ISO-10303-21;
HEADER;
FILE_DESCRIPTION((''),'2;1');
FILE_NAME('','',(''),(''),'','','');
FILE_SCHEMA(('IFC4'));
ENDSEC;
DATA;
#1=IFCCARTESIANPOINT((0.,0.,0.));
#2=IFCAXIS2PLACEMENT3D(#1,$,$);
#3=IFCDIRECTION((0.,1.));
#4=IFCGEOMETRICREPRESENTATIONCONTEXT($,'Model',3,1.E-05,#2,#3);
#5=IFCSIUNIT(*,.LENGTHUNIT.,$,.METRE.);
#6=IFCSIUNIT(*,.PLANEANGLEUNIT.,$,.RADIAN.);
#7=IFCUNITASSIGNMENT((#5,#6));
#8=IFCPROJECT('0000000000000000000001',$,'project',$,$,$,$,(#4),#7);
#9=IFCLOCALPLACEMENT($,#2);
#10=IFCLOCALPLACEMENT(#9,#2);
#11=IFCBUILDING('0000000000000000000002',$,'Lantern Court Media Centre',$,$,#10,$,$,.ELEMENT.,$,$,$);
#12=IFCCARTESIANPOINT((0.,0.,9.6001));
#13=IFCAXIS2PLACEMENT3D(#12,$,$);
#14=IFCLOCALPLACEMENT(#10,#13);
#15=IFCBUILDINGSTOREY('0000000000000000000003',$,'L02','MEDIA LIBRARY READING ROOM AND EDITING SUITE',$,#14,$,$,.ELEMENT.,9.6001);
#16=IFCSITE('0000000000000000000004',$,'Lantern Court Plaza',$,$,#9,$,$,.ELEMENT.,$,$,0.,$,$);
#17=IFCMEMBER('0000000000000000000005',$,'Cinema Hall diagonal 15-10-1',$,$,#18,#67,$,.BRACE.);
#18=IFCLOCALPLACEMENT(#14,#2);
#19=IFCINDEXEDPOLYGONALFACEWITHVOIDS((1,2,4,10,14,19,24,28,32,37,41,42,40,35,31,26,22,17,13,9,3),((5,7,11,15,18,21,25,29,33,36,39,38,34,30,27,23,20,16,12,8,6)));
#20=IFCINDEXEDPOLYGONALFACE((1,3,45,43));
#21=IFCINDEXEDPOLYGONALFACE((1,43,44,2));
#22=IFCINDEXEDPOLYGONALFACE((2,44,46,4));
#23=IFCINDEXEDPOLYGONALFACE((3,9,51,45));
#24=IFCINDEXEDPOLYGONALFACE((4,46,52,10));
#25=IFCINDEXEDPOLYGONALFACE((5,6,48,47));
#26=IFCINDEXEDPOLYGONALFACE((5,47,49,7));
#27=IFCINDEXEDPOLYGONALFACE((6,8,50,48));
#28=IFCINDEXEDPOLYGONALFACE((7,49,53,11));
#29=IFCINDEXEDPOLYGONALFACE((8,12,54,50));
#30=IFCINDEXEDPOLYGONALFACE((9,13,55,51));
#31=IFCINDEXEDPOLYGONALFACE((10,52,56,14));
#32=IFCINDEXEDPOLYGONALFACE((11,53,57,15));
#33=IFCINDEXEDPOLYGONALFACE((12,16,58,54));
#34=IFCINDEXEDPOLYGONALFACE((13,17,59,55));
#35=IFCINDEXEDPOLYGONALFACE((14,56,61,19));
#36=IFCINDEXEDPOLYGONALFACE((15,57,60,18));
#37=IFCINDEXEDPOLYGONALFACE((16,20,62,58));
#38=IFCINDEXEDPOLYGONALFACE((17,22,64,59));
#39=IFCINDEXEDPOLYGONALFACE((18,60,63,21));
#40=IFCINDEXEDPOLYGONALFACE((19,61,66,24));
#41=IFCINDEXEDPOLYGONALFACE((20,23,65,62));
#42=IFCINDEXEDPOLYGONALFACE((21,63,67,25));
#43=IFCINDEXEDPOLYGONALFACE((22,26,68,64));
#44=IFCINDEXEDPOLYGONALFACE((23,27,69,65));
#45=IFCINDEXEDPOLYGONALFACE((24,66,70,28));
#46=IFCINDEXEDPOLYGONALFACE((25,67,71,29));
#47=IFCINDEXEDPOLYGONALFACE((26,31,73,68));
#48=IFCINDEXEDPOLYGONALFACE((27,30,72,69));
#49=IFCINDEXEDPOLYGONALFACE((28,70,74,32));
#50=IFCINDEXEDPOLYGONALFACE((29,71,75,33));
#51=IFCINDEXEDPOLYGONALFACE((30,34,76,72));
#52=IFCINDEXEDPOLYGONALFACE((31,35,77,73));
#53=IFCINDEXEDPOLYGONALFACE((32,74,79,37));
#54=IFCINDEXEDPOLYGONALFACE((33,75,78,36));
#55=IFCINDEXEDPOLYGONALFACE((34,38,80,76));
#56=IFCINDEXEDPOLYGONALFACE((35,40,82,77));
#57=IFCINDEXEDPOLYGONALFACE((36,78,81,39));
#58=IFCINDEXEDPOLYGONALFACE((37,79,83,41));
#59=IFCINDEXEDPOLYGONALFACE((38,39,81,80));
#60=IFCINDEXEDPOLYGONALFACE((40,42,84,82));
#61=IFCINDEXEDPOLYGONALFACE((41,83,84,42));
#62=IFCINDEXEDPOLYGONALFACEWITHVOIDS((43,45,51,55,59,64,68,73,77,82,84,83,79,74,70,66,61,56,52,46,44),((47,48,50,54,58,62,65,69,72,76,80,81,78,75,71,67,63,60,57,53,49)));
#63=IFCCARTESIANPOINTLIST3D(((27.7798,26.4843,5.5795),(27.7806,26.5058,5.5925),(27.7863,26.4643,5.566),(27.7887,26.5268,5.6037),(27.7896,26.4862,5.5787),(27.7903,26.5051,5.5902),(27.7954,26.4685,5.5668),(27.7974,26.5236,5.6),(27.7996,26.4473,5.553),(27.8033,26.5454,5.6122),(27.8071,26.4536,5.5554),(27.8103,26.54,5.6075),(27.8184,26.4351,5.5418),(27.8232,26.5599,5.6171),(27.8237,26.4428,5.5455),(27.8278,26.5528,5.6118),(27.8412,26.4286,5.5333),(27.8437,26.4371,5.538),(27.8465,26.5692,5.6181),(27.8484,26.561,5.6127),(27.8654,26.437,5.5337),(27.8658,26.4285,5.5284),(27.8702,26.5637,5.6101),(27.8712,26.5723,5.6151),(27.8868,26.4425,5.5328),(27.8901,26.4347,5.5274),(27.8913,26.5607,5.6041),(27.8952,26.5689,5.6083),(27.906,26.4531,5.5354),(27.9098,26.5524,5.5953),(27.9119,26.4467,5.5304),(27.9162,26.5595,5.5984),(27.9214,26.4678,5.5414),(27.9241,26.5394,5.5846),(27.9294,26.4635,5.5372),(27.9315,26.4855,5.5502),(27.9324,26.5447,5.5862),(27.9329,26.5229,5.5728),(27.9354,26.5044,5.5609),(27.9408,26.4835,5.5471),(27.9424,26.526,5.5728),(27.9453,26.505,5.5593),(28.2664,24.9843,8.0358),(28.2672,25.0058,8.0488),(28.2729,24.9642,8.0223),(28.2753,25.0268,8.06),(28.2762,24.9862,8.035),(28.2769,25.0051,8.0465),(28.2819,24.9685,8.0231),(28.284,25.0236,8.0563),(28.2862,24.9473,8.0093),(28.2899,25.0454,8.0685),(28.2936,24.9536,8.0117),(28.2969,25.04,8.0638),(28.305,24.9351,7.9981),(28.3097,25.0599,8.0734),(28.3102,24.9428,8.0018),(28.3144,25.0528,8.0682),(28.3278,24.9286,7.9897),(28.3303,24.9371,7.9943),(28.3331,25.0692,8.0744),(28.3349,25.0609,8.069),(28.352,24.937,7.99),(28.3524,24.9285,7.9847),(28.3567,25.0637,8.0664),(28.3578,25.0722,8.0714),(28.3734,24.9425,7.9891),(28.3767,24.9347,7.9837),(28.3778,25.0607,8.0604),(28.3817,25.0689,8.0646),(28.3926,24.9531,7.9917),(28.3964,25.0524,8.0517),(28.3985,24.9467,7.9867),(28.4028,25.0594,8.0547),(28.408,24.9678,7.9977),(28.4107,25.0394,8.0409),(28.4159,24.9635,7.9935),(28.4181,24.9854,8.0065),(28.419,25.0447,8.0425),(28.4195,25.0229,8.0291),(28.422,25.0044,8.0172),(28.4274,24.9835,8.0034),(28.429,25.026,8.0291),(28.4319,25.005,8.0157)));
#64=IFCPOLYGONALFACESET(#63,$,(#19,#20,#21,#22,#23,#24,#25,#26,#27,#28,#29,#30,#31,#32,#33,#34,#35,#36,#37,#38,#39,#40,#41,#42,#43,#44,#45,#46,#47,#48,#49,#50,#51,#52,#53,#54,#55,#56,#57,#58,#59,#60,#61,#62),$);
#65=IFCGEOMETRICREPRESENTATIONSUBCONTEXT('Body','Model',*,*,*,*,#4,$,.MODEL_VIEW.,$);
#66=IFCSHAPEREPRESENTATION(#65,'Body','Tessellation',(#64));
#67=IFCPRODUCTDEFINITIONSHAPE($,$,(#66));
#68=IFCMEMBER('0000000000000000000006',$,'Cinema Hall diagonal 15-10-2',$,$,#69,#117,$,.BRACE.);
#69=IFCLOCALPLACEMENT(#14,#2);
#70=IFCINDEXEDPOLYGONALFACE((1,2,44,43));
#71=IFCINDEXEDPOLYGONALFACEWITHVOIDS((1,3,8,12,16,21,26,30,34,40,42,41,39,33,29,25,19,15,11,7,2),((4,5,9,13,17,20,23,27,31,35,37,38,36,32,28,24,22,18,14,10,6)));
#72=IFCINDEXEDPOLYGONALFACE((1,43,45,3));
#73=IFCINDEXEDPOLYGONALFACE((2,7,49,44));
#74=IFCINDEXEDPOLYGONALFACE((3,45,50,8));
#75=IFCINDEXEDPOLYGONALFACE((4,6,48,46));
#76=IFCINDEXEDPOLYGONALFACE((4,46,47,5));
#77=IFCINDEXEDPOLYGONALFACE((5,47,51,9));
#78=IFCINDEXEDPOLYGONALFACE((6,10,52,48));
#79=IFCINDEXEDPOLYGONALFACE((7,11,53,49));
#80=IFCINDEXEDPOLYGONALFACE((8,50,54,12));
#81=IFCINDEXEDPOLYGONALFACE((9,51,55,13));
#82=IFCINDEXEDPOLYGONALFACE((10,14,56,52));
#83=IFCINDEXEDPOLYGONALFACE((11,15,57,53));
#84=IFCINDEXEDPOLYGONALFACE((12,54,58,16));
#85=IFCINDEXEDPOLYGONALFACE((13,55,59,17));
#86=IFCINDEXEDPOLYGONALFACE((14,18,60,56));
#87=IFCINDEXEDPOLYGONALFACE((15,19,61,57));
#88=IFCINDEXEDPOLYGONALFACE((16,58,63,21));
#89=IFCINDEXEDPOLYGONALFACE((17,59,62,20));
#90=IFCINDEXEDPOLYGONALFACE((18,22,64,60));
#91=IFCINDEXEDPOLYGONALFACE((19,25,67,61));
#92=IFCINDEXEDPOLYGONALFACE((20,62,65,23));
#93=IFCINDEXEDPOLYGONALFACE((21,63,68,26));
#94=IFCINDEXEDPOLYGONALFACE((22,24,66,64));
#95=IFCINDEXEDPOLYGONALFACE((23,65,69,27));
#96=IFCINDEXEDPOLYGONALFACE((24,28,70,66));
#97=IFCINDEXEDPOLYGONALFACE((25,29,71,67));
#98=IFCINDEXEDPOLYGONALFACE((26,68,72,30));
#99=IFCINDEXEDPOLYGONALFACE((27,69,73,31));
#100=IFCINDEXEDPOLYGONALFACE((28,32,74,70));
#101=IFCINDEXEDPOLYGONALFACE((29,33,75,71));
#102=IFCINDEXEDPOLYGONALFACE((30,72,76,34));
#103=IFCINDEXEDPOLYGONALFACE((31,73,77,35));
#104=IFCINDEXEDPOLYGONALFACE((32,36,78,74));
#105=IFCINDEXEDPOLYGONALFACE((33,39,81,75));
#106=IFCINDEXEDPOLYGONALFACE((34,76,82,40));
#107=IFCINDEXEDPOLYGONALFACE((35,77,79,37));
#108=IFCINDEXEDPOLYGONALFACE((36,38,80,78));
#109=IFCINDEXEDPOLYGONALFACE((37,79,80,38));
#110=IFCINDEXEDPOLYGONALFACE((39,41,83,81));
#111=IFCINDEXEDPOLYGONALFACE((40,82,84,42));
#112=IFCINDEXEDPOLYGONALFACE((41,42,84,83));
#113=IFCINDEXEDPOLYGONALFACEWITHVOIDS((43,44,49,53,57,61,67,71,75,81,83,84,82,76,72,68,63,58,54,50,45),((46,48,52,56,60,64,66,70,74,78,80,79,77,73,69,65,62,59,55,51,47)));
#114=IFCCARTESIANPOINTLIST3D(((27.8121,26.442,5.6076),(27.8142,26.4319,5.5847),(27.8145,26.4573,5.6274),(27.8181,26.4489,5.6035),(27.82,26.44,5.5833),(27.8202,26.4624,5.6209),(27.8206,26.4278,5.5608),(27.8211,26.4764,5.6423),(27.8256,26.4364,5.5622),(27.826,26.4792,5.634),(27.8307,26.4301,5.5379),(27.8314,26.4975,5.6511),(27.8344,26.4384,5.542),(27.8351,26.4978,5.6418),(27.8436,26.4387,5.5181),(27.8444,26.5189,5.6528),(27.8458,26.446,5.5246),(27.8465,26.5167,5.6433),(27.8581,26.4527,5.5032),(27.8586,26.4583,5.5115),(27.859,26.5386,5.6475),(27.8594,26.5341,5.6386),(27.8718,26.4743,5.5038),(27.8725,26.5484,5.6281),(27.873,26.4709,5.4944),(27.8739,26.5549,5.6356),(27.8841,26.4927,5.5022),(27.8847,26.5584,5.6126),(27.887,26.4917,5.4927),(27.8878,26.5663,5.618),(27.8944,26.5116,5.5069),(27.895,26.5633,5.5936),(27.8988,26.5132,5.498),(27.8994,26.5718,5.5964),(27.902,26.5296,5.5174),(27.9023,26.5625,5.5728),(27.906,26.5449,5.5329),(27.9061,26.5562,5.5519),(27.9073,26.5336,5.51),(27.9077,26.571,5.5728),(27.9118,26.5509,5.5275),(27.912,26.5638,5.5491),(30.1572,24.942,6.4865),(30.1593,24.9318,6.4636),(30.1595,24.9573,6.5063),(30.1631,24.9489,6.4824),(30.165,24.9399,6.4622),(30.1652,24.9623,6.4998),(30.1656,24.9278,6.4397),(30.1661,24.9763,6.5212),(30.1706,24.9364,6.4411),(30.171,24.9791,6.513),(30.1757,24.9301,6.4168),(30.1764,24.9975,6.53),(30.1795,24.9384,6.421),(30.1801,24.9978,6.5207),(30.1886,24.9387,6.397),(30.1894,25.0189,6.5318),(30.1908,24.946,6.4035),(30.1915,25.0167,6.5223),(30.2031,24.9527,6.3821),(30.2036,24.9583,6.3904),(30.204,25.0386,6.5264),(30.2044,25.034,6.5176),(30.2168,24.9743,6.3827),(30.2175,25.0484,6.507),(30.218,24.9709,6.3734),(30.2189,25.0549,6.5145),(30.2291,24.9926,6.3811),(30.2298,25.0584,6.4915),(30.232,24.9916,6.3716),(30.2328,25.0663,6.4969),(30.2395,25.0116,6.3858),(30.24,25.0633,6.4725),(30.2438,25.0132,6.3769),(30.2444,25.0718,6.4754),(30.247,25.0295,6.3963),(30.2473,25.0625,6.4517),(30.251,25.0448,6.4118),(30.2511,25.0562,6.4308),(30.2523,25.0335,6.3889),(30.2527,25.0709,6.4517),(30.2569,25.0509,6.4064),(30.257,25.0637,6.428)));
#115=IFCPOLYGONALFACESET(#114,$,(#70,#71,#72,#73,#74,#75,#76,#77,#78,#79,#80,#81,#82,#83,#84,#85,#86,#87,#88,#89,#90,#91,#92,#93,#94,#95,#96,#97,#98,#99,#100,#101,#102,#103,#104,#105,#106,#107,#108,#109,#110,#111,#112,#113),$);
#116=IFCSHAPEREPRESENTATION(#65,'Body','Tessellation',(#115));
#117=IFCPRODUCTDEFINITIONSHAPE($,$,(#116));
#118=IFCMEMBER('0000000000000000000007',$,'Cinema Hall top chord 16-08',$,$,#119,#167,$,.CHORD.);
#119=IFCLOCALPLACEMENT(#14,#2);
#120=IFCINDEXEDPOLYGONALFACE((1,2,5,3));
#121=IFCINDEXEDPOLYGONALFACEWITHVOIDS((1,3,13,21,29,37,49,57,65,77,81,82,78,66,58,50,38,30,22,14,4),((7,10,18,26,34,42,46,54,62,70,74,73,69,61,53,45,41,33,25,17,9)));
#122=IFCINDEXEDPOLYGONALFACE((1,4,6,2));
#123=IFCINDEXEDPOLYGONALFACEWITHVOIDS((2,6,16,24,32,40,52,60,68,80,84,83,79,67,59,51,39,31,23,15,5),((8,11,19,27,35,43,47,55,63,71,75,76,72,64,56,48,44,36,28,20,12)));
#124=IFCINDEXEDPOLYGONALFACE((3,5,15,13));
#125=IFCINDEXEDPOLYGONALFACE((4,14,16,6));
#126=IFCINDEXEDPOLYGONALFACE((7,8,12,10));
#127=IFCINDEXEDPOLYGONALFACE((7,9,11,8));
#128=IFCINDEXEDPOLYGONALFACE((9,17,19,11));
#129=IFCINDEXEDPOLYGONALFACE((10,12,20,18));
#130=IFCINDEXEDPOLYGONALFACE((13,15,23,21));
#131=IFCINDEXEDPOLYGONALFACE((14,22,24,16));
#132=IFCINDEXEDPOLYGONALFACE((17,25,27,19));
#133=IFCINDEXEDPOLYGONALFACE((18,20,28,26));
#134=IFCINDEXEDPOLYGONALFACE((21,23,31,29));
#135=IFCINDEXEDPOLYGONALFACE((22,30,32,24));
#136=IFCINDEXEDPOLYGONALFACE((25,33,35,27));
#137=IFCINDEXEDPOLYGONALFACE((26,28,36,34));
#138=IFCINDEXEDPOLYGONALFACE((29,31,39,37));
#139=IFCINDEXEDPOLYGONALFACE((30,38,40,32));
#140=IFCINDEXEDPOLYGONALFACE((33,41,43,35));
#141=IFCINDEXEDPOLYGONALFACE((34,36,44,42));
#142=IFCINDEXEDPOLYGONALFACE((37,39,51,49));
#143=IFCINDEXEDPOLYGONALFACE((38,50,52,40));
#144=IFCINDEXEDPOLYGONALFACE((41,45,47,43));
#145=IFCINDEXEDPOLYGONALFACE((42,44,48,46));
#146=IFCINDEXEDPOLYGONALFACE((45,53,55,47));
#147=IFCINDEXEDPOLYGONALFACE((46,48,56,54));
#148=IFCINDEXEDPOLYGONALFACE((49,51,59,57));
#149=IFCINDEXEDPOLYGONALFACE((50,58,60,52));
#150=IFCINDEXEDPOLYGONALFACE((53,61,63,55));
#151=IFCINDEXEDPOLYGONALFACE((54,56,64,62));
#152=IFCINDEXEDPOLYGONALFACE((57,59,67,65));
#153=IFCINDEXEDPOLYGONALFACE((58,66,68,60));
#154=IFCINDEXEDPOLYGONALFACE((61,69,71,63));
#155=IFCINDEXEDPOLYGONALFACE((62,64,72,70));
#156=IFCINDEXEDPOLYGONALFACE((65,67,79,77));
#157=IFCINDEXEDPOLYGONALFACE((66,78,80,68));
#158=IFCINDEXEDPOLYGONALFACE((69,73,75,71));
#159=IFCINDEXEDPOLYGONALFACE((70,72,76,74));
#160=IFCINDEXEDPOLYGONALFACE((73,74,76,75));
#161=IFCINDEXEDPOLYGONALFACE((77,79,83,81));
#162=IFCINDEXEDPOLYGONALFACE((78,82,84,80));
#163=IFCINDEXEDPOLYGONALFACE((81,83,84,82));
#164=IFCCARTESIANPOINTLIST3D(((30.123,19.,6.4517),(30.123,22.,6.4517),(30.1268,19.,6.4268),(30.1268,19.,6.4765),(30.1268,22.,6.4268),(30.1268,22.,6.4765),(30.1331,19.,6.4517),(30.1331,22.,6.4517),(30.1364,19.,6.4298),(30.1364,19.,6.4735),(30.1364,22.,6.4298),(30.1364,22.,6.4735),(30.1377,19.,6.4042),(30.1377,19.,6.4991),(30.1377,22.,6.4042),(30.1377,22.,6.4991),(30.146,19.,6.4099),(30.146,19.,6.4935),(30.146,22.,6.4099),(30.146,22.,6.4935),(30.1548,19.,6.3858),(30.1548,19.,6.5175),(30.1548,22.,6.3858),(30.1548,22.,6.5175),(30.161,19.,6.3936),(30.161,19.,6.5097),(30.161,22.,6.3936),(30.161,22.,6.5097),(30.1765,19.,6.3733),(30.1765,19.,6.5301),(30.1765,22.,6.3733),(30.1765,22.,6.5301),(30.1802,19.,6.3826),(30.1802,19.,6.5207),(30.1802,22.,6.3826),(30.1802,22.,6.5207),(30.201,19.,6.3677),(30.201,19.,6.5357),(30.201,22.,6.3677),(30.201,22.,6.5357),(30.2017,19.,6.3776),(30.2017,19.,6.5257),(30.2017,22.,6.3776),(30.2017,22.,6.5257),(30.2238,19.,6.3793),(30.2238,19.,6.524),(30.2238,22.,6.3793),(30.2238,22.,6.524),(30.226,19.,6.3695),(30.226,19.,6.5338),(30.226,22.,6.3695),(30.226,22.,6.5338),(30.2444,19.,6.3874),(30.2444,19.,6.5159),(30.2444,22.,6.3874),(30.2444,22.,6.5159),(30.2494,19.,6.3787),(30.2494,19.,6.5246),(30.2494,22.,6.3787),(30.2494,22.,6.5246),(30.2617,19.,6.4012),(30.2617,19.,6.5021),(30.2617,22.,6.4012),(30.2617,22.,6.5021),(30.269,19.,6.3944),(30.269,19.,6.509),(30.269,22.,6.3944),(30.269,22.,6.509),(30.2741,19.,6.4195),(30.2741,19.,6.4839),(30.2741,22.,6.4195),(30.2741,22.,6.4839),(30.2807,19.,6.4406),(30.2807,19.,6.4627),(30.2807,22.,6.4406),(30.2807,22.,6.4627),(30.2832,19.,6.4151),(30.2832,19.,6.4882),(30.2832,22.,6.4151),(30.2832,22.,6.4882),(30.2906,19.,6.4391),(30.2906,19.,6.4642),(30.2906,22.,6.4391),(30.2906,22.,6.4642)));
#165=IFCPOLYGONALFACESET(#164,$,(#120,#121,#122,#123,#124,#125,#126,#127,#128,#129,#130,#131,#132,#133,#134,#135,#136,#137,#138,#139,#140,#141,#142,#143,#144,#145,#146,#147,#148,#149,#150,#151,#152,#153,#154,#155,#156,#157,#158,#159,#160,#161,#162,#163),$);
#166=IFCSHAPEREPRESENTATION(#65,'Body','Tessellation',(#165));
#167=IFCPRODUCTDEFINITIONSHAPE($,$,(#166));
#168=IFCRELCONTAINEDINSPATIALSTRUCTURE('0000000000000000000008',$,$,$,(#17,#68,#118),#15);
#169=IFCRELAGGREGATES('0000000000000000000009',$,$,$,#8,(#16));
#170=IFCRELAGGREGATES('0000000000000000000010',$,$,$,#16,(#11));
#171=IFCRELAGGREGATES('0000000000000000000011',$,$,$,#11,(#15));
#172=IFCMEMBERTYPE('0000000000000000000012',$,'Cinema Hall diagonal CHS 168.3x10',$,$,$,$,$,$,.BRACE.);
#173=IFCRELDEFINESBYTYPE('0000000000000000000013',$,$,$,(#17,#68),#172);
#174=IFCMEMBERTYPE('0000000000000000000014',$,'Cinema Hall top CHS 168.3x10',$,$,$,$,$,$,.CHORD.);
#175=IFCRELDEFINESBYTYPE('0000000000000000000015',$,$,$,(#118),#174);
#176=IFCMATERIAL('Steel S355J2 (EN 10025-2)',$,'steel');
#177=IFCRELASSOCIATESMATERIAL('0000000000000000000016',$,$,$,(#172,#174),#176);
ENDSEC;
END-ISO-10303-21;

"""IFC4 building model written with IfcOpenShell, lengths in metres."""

from ifc_helpers import new_model, si_unit, direction, frame, origin, origin_2d, place, context, subcontext, project, spatial, hollow_circle, extrude, material, material_profile, profile_set, type_object, element, save


model = new_model("IFC4")

# Units and contexts
model_context = context("Model", 3, precision=1e-05, world=origin(), true_north=direction((0.0, 1.0)))
body_context = subcontext(model_context, "Body", "Model", "MODEL_VIEW")
ifc_project = project(units=[si_unit("LENGTHUNIT", "METRE"), si_unit("PLANEANGLEUNIT", "RADIAN")], contexts=[model_context])

# Site, building, storey
site_placement = place(None, origin())
site = spatial("IfcSite", under=ifc_project, at=site_placement, Name="Lantern Court Plaza", CompositionType="ELEMENT", RefElevation=0.0)
building_placement = place(site_placement, origin())
building = spatial("IfcBuilding", under=site, at=building_placement, Name="Lantern Court Media Centre", CompositionType="ELEMENT")
storey_placement = place(building_placement, frame((0.0, 0.0, 9.6001)))
storey = spatial("IfcBuildingStorey", under=building, at=storey_placement, Name="L02", Description="MEDIA LIBRARY READING ROOM AND EDITING SUITE", CompositionType="ELEMENT", Elevation=9.6001)

# Members
ifc_material = material(Name="Steel S355J2 (EN 10025-2)", Category="steel")
ifc_material_profile_1 = material_profile(ifc_material, hollow_circle(Radius=0.0842, WallThickness=0.01, at=origin_2d()), Name="Cinema Hall diagonal CHS 168.3x10")
ifc_profile_set_1 = profile_set([ifc_material_profile_1], Name="Steel S355J2 (EN 10025-2)")
member_type_1 = type_object("IfcMemberType", Name="Cinema Hall diagonal CHS 168.3x10", PredefinedType="BRACE", material=ifc_profile_set_1)
for number, where, z_axis, x_axis, name in (
    (1, (27.8623, 26.5, 5.5728), (0.166695, -0.513887, 0.841506), (0.951207, 0.308554, 0.0), "Cinema Hall diagonal 15-10-1"),
):
    element("IfcMember", number, at=place(storey_placement, frame(where, z_axis=z_axis, x_axis=x_axis)), inside=storey, type_object=member_type_1, Name=name, PredefinedType="BRACE", context=body_context, shape_type="SweptSolid", body=[
        extrude(hollow_circle(Radius=0.0842, WallThickness=0.01, at=origin_2d()), origin(), (0.0, 0.0, 1.0), 2.9189),
    ])
member_placement = place(storey_placement, frame((27.8623, 26.5, 5.5728), z_axis=(0.803309, -0.51385, 0.301084), x_axis=(0.538855, 0.842399, 0.0)))
element("IfcMember", 2, at=member_placement, inside=storey, type_object=member_type_1, Name="Cinema Hall diagonal 15-10-2", PredefinedType="BRACE", context=body_context, shape_type="SweptSolid", body=[
    extrude(hollow_circle(Radius=0.0842, WallThickness=0.01, at=origin_2d()), origin(), (0.0, 0.0, 1.0), 2.9192),
])
ifc_material_profile_2 = material_profile(ifc_material, hollow_circle(Radius=0.0842, WallThickness=0.01, at=origin_2d()), Name="Cinema Hall top CHS 168.3x10")
ifc_profile_set_2 = profile_set([ifc_material_profile_2], Name="Steel S355J2 (EN 10025-2)")
member_type_2 = type_object("IfcMemberType", Name="Cinema Hall top CHS 168.3x10", PredefinedType="CHORD", material=ifc_profile_set_2)
for number, where, z_axis, x_axis, name in (
    (3, (30.2073, 19.0, 6.4517), (0.0, 1.0, 0.0), (-1.0, 0.0, 0.0), "Cinema Hall top chord 16-08"),
):
    element("IfcMember", number, at=place(storey_placement, frame(where, z_axis=z_axis, x_axis=x_axis)), inside=storey, type_object=member_type_2, Name=name, PredefinedType="CHORD", context=body_context, shape_type="SweptSolid", body=[
        extrude(hollow_circle(Radius=0.0842, WallThickness=0.01, at=origin_2d()), origin(), (0.0, 0.0, 1.0), 3.0),
    ])

save(model, "model.ifc")
